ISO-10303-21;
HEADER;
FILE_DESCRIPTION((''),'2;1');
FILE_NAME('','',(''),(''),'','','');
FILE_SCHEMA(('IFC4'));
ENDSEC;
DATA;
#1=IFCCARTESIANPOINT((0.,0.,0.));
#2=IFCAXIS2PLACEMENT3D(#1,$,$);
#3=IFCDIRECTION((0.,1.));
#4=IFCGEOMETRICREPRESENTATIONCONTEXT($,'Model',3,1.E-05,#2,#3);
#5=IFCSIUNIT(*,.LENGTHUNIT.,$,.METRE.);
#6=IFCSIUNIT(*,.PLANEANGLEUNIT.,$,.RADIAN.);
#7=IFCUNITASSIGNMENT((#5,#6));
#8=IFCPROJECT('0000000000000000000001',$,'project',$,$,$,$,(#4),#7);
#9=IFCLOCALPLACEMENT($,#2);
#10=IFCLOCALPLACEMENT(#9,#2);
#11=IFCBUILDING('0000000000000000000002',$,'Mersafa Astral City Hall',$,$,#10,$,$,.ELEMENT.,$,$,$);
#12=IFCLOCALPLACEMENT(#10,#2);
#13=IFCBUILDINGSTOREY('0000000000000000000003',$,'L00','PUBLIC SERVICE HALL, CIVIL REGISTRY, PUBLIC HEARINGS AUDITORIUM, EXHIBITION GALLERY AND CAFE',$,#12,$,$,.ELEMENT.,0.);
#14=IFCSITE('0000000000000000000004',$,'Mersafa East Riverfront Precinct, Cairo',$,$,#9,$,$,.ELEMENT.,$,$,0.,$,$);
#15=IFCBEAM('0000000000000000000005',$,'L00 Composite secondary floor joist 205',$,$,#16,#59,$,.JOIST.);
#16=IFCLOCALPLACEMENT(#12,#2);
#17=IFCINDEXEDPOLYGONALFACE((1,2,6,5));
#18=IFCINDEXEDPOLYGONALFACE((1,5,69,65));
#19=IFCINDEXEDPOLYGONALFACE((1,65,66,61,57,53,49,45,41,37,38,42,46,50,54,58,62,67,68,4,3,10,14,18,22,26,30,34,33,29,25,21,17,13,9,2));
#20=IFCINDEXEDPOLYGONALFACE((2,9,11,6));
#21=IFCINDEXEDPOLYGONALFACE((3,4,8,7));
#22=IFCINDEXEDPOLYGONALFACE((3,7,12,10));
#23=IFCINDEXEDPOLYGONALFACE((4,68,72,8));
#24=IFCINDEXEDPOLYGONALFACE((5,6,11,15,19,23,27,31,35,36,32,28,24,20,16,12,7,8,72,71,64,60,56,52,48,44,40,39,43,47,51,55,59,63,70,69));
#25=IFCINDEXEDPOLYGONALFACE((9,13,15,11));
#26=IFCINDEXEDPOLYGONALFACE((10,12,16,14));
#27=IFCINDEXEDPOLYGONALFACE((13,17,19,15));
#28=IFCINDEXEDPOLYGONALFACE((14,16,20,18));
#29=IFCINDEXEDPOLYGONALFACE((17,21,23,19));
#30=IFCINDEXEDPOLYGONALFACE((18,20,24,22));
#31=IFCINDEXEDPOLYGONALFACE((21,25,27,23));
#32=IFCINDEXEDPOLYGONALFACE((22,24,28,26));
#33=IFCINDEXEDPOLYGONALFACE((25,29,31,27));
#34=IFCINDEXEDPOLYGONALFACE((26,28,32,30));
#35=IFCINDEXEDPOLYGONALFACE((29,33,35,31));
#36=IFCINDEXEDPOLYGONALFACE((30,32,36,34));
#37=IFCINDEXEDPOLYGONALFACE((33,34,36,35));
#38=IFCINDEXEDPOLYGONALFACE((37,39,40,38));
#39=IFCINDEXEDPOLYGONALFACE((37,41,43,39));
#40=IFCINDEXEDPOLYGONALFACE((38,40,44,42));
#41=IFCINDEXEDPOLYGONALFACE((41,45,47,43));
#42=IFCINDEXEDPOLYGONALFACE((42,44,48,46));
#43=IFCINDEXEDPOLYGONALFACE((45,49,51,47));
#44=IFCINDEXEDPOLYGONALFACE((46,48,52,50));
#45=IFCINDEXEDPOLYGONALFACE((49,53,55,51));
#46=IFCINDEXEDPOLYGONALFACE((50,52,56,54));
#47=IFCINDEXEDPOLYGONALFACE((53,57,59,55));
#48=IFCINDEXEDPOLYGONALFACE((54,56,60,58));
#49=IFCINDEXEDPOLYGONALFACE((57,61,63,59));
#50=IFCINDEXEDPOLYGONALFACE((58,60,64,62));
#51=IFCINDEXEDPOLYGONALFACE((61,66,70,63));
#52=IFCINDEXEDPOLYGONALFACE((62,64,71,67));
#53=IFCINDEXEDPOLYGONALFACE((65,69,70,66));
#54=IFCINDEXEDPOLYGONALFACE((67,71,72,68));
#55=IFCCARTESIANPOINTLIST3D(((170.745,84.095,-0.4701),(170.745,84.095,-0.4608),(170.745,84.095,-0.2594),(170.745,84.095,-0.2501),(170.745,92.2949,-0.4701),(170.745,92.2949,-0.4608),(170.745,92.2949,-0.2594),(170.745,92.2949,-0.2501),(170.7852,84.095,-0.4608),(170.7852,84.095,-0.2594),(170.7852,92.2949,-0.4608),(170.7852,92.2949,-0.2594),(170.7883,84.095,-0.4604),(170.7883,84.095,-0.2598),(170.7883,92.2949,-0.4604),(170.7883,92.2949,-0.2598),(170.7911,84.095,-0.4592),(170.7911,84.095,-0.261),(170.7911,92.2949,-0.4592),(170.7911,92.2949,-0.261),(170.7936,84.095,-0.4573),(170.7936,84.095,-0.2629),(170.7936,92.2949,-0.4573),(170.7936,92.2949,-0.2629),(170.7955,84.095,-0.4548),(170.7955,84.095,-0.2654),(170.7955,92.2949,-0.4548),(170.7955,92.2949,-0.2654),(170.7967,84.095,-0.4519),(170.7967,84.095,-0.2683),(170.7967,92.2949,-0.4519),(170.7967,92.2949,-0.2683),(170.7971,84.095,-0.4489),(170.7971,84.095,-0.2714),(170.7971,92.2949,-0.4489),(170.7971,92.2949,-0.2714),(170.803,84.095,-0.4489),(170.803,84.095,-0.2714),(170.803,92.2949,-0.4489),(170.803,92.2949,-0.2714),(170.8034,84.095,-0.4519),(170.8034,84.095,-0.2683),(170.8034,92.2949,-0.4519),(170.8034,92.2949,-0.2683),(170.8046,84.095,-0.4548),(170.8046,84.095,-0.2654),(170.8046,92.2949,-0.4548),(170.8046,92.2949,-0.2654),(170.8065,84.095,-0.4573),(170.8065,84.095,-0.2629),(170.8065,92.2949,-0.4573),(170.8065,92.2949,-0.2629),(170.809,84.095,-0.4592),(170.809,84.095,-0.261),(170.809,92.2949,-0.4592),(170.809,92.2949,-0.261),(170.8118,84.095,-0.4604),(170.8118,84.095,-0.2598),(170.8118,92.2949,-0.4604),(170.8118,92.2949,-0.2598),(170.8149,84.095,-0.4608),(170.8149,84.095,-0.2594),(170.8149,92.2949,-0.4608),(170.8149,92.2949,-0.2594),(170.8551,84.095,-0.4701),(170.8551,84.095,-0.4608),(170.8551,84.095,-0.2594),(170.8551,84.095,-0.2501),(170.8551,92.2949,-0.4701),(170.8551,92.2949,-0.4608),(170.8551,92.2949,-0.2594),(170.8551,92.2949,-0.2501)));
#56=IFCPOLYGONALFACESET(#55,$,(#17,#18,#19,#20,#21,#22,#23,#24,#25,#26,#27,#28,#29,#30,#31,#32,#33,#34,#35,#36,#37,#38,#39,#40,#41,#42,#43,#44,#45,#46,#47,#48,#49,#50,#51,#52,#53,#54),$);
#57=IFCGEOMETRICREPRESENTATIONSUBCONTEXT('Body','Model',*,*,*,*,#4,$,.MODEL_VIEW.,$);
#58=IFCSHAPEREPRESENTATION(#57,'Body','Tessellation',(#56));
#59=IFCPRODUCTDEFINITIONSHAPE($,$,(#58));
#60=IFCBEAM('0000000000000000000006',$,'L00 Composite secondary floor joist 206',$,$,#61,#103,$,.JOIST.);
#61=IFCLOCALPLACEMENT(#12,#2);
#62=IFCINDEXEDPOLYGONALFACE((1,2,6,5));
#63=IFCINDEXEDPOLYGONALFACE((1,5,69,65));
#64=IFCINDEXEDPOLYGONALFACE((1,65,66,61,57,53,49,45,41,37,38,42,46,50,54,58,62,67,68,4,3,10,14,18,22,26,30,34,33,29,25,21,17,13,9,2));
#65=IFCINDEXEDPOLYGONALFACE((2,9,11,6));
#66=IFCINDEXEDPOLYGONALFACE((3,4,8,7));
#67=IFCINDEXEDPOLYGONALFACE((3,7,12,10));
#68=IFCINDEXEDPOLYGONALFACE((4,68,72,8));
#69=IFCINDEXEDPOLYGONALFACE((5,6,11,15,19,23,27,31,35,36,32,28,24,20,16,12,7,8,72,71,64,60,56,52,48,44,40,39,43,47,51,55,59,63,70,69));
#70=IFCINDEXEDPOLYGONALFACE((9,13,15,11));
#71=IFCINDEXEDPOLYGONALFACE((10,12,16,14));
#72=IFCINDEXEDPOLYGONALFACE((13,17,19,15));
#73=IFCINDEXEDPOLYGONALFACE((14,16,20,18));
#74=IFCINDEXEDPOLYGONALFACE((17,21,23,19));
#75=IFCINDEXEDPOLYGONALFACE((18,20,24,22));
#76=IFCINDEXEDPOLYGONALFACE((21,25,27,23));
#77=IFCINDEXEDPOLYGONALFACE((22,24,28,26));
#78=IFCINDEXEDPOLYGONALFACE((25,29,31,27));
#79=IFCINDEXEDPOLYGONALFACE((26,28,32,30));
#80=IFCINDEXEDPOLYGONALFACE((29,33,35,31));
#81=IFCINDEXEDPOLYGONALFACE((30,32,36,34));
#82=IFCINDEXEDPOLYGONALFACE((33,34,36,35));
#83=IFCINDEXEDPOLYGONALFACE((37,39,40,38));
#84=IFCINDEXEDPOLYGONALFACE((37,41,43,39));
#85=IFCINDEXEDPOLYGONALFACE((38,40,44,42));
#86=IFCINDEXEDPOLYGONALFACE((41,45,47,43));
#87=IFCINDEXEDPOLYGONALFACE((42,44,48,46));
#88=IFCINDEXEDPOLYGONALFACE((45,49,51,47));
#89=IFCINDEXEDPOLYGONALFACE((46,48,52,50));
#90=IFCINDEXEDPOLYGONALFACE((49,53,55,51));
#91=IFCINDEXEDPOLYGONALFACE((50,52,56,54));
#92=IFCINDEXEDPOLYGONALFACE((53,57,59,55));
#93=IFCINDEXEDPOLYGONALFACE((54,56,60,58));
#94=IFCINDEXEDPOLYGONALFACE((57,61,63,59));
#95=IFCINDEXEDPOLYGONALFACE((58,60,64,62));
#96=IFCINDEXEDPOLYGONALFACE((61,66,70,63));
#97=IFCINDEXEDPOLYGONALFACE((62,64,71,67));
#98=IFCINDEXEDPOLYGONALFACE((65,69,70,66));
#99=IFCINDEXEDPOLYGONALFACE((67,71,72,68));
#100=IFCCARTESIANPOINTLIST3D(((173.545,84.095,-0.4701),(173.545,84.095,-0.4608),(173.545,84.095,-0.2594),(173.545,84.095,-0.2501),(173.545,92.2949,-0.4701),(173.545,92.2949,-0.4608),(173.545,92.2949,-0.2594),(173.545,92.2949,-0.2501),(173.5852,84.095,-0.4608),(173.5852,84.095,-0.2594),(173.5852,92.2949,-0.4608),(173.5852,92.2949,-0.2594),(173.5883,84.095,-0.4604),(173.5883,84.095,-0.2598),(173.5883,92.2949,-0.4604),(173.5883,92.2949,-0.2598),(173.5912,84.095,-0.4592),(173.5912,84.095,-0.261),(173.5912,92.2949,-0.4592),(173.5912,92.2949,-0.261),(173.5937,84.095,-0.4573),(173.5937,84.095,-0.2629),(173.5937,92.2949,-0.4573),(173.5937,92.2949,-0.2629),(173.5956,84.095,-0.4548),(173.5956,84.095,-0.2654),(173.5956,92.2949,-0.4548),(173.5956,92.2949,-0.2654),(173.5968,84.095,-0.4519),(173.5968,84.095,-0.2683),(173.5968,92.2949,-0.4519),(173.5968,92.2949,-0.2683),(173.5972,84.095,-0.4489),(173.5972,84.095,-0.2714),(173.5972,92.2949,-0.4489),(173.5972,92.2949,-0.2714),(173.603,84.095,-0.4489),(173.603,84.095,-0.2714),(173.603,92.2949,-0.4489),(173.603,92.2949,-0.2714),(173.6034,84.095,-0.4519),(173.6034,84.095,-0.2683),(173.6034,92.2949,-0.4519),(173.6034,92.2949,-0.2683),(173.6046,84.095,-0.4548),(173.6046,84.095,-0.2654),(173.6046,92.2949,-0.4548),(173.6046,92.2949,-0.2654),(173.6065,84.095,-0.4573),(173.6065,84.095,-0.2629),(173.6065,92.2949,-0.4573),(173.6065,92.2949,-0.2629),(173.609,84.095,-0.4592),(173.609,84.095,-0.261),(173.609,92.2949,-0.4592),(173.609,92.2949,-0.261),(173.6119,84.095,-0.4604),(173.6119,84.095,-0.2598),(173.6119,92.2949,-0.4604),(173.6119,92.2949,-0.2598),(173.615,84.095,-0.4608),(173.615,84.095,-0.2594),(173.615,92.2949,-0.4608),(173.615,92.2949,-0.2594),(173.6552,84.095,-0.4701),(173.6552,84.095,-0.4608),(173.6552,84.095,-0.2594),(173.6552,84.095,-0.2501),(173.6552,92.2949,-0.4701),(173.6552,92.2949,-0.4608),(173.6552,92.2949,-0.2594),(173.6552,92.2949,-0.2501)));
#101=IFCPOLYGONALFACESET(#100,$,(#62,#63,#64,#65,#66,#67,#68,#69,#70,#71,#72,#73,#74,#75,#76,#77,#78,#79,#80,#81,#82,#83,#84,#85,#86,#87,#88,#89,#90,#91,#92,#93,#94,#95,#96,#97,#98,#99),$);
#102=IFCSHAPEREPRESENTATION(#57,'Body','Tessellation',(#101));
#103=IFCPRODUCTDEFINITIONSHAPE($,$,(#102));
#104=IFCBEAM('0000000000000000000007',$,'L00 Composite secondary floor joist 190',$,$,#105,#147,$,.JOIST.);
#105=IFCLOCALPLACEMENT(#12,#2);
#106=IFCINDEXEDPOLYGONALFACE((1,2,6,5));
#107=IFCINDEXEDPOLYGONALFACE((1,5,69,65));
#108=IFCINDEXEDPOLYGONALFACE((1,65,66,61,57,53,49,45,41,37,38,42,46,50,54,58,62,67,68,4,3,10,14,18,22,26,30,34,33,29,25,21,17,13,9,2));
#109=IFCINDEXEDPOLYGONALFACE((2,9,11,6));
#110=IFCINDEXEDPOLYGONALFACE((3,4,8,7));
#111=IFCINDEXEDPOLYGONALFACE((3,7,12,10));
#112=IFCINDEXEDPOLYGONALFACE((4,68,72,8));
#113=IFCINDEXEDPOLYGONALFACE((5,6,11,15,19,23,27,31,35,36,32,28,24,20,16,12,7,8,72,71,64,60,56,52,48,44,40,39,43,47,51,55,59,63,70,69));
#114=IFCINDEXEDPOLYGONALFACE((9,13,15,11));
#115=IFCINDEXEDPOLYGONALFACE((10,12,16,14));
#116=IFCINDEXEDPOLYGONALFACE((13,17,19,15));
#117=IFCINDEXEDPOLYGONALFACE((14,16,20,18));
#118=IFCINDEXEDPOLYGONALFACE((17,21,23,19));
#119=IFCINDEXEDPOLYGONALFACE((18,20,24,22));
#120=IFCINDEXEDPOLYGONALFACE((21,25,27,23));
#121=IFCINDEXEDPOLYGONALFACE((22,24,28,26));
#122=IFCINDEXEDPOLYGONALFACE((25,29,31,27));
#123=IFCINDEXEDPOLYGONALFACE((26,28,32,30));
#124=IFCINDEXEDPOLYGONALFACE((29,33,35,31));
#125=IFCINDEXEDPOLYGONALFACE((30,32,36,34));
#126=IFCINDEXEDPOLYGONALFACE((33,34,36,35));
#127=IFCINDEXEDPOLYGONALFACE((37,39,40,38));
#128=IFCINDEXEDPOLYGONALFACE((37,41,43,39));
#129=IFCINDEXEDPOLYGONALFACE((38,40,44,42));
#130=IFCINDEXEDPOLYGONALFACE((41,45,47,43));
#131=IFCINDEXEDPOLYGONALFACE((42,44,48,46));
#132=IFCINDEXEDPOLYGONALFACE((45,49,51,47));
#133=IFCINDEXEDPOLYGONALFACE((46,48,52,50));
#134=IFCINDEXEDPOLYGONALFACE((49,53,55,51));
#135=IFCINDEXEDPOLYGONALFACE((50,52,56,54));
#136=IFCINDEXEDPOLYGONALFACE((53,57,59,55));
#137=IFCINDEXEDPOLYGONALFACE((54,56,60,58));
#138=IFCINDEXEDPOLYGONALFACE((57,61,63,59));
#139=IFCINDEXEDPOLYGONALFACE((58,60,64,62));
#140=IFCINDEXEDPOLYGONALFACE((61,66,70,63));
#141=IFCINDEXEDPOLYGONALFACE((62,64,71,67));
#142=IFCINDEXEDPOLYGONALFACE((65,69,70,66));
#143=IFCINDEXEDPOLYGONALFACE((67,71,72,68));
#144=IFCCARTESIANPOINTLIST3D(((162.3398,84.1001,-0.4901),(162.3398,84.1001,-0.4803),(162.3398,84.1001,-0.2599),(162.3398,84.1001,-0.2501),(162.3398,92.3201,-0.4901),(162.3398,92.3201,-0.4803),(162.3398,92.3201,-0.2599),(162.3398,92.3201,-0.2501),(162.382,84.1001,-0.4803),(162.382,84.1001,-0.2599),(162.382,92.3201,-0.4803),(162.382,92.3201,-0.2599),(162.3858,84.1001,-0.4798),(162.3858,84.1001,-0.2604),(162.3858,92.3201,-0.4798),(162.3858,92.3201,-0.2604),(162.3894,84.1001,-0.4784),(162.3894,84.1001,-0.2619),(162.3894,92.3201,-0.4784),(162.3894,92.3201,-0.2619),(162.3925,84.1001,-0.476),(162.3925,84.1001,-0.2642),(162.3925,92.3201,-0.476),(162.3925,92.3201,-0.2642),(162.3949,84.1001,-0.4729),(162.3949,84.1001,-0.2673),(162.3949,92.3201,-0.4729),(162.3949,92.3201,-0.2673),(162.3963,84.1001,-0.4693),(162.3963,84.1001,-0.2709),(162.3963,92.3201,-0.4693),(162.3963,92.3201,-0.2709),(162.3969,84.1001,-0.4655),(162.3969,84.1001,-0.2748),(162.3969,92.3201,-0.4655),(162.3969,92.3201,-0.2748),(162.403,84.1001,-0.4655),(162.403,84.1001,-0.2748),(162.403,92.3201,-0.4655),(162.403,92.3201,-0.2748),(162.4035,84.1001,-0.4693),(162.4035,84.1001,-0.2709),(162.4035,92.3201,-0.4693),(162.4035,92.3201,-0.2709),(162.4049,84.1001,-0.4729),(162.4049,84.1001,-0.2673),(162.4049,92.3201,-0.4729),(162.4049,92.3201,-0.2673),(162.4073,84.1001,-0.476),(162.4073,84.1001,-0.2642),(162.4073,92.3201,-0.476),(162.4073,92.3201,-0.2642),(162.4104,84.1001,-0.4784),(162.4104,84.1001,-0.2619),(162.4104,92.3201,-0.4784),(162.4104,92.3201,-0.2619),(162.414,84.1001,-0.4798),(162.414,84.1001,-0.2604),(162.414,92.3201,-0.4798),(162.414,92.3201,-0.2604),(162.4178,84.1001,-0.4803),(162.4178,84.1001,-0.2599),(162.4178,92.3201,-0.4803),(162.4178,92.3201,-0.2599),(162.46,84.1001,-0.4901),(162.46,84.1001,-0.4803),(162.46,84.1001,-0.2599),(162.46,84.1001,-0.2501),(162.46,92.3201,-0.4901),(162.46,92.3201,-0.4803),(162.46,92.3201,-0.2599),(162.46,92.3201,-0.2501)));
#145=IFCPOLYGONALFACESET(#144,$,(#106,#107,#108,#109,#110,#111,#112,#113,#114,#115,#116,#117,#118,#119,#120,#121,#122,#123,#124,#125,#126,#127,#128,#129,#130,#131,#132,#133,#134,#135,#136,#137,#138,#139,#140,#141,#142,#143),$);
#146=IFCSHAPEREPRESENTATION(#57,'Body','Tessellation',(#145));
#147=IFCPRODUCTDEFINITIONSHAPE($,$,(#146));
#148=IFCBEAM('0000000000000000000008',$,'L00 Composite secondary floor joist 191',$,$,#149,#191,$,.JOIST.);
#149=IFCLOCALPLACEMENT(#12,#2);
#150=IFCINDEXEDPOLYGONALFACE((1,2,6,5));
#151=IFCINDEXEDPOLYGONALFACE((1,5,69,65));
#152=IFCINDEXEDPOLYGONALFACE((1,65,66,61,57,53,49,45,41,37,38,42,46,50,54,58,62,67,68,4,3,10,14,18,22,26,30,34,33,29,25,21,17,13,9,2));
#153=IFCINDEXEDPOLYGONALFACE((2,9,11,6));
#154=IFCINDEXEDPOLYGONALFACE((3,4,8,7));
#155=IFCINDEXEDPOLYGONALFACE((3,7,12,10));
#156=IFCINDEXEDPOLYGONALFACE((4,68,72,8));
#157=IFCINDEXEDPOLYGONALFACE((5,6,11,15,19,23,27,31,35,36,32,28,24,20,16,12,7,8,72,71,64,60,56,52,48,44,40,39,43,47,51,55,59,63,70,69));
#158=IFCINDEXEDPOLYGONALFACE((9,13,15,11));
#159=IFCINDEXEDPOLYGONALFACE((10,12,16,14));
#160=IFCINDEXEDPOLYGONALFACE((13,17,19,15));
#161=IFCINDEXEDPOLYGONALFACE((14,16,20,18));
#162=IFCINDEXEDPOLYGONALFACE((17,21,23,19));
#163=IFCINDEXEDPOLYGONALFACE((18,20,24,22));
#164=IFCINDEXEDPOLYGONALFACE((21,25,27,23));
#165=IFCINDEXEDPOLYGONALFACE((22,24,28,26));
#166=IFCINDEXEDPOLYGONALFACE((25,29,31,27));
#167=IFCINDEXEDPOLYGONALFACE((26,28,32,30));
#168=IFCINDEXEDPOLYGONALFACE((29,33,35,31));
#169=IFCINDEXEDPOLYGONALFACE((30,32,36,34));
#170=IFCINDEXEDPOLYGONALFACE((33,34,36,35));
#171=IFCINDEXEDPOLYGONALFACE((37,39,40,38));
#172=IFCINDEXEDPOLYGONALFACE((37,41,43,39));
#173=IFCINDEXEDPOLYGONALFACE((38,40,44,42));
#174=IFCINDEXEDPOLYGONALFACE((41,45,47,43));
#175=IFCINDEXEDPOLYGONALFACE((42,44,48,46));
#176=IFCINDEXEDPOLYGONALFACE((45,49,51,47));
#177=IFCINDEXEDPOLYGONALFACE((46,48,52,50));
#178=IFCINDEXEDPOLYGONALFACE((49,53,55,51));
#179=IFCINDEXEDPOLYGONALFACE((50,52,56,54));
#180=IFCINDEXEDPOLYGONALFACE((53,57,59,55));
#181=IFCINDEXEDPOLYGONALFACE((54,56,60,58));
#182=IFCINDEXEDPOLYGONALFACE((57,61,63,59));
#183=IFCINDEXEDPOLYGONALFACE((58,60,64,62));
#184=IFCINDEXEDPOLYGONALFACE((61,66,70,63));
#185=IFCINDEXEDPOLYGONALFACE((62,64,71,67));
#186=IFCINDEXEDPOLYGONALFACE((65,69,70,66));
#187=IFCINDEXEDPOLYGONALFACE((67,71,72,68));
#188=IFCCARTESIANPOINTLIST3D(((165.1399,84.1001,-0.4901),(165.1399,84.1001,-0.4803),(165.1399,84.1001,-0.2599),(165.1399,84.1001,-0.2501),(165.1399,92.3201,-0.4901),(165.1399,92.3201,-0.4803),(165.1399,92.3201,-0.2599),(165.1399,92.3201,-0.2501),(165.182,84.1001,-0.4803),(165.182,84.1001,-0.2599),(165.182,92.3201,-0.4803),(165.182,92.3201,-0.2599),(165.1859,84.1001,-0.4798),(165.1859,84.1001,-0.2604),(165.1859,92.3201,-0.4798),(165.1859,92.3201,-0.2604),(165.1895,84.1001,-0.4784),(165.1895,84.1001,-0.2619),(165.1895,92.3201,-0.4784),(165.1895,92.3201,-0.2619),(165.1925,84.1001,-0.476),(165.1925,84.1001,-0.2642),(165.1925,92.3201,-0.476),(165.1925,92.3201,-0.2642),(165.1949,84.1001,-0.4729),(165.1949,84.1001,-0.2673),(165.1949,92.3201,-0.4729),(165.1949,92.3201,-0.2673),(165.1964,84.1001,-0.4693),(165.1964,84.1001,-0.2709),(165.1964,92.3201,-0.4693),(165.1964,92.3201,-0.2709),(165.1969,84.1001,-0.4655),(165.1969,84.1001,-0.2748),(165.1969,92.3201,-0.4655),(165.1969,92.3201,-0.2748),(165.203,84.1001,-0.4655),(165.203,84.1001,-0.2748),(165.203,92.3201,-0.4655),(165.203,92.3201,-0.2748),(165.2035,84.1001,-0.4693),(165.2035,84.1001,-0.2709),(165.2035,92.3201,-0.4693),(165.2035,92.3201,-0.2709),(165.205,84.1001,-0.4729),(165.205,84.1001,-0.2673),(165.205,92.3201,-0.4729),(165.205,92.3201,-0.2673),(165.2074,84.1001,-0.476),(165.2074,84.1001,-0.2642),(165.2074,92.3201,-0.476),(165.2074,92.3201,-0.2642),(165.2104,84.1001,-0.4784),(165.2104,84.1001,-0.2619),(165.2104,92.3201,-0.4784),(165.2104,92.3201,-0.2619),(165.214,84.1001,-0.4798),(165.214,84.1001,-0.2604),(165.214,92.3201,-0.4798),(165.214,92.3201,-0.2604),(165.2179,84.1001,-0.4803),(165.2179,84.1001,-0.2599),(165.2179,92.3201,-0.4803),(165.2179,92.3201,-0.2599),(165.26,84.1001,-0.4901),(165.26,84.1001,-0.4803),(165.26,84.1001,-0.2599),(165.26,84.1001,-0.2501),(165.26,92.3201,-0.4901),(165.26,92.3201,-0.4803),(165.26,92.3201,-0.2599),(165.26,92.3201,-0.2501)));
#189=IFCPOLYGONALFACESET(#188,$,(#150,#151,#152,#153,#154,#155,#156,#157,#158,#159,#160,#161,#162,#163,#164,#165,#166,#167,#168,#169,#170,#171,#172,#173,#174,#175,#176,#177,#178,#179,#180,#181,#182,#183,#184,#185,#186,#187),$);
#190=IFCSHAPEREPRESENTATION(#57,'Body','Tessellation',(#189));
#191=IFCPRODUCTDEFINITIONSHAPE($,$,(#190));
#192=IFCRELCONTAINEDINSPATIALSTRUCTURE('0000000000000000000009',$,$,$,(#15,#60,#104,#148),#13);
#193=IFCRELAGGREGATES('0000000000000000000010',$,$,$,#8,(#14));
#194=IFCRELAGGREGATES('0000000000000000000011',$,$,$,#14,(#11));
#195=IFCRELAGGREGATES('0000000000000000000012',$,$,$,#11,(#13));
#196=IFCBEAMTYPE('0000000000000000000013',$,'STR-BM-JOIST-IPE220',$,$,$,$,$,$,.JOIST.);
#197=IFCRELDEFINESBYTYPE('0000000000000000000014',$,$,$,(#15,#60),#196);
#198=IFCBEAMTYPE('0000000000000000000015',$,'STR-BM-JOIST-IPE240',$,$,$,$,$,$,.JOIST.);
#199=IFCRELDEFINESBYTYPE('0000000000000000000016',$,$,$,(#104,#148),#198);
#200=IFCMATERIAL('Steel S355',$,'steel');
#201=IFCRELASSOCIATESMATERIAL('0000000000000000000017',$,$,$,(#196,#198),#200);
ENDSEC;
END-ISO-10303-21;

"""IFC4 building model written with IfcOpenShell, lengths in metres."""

from ifc_helpers import new_model, si_unit, direction, frame, origin, origin_2d, place, context, subcontext, project, spatial, i_section, extrude, material, material_profile, profile_set, type_object, element, save


model = new_model("IFC4")

# Units and contexts
model_context = context("Model", 3, precision=1e-05, world=origin(), true_north=direction((0.0, 1.0)))
body_context = subcontext(model_context, "Body", "Model", "MODEL_VIEW")
ifc_project = project(units=[si_unit("LENGTHUNIT", "METRE"), si_unit("PLANEANGLEUNIT", "RADIAN")], contexts=[model_context])

# Site, building, storey
site_placement = place(None, origin())
site = spatial("IfcSite", under=ifc_project, at=site_placement, Name="Mersafa East Riverfront Precinct, Cairo", CompositionType="ELEMENT", RefElevation=0.0)
building_placement = place(site_placement, origin())
building = spatial("IfcBuilding", under=site, at=building_placement, Name="Mersafa Astral City Hall", CompositionType="ELEMENT")
storey_placement = place(building_placement, origin())
storey = spatial("IfcBuildingStorey", under=building, at=storey_placement, Name="L00", Description="PUBLIC SERVICE HALL, CIVIL REGISTRY, PUBLIC HEARINGS AUDITORIUM, EXHIBITION GALLERY AND CAFE", CompositionType="ELEMENT", Elevation=0.0)

# Shared definitions
ifc_material_1 = material(Name="Steel S355", Category="steel")

# Beams
ifc_material_profile_1 = material_profile(ifc_material_1, i_section(OverallWidth=0.1101, OverallDepth=0.22, WebThickness=0.0059, FlangeThickness=0.0093, FilletRadius=0.012, at=origin_2d()), Name="IPE 220")
ifc_profile_set_1 = profile_set([ifc_material_profile_1], Name="Steel S355")
beam_type_1 = type_object("IfcBeamType", Name="STR-BM-JOIST-IPE220", PredefinedType="JOIST", material=ifc_profile_set_1)
for number, where, z_axis, x_axis, name in (
    (1, (170.8, 84.095, -0.3601), (0.0, 1.0, 0.0), (-1.0, 0.0, 0.0), "L00 Composite secondary floor joist 205"),
    (2, (173.6001, 84.095, -0.3601), (0.0, 1.0, 0.0), (-1.0, 0.0, 0.0), "L00 Composite secondary floor joist 206"),
):
    element("IfcBeam", number, at=place(storey_placement, frame(where, z_axis=z_axis, x_axis=x_axis)), inside=storey, type_object=beam_type_1, Name=name, PredefinedType="JOIST", context=body_context, shape_type="SweptSolid", body=[
        extrude(i_section(OverallWidth=0.1101, OverallDepth=0.22, WebThickness=0.0059, FlangeThickness=0.0093, FilletRadius=0.012, at=origin_2d()), origin(), (0.0, 0.0, 1.0), 8.2),
    ])
ifc_material_profile_2 = material_profile(ifc_material_1, i_section(OverallWidth=0.1201, OverallDepth=0.24, WebThickness=0.0061, FlangeThickness=0.0098, FilletRadius=0.0149, at=origin_2d()), Name="IPE 240")
ifc_profile_set_2 = profile_set([ifc_material_profile_2], Name="Steel S355")
beam_type_2 = type_object("IfcBeamType", Name="STR-BM-JOIST-IPE240", PredefinedType="JOIST", material=ifc_profile_set_2)
for number, where, z_axis, x_axis, name in (
    (3, (162.3999, 84.1001, -0.3701), (0.0, 1.0, 0.0), (-1.0, 0.0, 0.0), "L00 Composite secondary floor joist 190"),
    (4, (165.2, 84.1001, -0.3701), (0.0, 1.0, 0.0), (-1.0, 0.0, 0.0), "L00 Composite secondary floor joist 191"),
):
    element("IfcBeam", number, at=place(storey_placement, frame(where, z_axis=z_axis, x_axis=x_axis)), inside=storey, type_object=beam_type_2, Name=name, PredefinedType="JOIST", context=body_context, shape_type="SweptSolid", body=[
        extrude(i_section(OverallWidth=0.1201, OverallDepth=0.24, WebThickness=0.0061, FlangeThickness=0.0098, FilletRadius=0.0149, at=origin_2d()), origin(), (0.0, 0.0, 1.0), 8.22),
    ])

save(model, "model.ifc")
